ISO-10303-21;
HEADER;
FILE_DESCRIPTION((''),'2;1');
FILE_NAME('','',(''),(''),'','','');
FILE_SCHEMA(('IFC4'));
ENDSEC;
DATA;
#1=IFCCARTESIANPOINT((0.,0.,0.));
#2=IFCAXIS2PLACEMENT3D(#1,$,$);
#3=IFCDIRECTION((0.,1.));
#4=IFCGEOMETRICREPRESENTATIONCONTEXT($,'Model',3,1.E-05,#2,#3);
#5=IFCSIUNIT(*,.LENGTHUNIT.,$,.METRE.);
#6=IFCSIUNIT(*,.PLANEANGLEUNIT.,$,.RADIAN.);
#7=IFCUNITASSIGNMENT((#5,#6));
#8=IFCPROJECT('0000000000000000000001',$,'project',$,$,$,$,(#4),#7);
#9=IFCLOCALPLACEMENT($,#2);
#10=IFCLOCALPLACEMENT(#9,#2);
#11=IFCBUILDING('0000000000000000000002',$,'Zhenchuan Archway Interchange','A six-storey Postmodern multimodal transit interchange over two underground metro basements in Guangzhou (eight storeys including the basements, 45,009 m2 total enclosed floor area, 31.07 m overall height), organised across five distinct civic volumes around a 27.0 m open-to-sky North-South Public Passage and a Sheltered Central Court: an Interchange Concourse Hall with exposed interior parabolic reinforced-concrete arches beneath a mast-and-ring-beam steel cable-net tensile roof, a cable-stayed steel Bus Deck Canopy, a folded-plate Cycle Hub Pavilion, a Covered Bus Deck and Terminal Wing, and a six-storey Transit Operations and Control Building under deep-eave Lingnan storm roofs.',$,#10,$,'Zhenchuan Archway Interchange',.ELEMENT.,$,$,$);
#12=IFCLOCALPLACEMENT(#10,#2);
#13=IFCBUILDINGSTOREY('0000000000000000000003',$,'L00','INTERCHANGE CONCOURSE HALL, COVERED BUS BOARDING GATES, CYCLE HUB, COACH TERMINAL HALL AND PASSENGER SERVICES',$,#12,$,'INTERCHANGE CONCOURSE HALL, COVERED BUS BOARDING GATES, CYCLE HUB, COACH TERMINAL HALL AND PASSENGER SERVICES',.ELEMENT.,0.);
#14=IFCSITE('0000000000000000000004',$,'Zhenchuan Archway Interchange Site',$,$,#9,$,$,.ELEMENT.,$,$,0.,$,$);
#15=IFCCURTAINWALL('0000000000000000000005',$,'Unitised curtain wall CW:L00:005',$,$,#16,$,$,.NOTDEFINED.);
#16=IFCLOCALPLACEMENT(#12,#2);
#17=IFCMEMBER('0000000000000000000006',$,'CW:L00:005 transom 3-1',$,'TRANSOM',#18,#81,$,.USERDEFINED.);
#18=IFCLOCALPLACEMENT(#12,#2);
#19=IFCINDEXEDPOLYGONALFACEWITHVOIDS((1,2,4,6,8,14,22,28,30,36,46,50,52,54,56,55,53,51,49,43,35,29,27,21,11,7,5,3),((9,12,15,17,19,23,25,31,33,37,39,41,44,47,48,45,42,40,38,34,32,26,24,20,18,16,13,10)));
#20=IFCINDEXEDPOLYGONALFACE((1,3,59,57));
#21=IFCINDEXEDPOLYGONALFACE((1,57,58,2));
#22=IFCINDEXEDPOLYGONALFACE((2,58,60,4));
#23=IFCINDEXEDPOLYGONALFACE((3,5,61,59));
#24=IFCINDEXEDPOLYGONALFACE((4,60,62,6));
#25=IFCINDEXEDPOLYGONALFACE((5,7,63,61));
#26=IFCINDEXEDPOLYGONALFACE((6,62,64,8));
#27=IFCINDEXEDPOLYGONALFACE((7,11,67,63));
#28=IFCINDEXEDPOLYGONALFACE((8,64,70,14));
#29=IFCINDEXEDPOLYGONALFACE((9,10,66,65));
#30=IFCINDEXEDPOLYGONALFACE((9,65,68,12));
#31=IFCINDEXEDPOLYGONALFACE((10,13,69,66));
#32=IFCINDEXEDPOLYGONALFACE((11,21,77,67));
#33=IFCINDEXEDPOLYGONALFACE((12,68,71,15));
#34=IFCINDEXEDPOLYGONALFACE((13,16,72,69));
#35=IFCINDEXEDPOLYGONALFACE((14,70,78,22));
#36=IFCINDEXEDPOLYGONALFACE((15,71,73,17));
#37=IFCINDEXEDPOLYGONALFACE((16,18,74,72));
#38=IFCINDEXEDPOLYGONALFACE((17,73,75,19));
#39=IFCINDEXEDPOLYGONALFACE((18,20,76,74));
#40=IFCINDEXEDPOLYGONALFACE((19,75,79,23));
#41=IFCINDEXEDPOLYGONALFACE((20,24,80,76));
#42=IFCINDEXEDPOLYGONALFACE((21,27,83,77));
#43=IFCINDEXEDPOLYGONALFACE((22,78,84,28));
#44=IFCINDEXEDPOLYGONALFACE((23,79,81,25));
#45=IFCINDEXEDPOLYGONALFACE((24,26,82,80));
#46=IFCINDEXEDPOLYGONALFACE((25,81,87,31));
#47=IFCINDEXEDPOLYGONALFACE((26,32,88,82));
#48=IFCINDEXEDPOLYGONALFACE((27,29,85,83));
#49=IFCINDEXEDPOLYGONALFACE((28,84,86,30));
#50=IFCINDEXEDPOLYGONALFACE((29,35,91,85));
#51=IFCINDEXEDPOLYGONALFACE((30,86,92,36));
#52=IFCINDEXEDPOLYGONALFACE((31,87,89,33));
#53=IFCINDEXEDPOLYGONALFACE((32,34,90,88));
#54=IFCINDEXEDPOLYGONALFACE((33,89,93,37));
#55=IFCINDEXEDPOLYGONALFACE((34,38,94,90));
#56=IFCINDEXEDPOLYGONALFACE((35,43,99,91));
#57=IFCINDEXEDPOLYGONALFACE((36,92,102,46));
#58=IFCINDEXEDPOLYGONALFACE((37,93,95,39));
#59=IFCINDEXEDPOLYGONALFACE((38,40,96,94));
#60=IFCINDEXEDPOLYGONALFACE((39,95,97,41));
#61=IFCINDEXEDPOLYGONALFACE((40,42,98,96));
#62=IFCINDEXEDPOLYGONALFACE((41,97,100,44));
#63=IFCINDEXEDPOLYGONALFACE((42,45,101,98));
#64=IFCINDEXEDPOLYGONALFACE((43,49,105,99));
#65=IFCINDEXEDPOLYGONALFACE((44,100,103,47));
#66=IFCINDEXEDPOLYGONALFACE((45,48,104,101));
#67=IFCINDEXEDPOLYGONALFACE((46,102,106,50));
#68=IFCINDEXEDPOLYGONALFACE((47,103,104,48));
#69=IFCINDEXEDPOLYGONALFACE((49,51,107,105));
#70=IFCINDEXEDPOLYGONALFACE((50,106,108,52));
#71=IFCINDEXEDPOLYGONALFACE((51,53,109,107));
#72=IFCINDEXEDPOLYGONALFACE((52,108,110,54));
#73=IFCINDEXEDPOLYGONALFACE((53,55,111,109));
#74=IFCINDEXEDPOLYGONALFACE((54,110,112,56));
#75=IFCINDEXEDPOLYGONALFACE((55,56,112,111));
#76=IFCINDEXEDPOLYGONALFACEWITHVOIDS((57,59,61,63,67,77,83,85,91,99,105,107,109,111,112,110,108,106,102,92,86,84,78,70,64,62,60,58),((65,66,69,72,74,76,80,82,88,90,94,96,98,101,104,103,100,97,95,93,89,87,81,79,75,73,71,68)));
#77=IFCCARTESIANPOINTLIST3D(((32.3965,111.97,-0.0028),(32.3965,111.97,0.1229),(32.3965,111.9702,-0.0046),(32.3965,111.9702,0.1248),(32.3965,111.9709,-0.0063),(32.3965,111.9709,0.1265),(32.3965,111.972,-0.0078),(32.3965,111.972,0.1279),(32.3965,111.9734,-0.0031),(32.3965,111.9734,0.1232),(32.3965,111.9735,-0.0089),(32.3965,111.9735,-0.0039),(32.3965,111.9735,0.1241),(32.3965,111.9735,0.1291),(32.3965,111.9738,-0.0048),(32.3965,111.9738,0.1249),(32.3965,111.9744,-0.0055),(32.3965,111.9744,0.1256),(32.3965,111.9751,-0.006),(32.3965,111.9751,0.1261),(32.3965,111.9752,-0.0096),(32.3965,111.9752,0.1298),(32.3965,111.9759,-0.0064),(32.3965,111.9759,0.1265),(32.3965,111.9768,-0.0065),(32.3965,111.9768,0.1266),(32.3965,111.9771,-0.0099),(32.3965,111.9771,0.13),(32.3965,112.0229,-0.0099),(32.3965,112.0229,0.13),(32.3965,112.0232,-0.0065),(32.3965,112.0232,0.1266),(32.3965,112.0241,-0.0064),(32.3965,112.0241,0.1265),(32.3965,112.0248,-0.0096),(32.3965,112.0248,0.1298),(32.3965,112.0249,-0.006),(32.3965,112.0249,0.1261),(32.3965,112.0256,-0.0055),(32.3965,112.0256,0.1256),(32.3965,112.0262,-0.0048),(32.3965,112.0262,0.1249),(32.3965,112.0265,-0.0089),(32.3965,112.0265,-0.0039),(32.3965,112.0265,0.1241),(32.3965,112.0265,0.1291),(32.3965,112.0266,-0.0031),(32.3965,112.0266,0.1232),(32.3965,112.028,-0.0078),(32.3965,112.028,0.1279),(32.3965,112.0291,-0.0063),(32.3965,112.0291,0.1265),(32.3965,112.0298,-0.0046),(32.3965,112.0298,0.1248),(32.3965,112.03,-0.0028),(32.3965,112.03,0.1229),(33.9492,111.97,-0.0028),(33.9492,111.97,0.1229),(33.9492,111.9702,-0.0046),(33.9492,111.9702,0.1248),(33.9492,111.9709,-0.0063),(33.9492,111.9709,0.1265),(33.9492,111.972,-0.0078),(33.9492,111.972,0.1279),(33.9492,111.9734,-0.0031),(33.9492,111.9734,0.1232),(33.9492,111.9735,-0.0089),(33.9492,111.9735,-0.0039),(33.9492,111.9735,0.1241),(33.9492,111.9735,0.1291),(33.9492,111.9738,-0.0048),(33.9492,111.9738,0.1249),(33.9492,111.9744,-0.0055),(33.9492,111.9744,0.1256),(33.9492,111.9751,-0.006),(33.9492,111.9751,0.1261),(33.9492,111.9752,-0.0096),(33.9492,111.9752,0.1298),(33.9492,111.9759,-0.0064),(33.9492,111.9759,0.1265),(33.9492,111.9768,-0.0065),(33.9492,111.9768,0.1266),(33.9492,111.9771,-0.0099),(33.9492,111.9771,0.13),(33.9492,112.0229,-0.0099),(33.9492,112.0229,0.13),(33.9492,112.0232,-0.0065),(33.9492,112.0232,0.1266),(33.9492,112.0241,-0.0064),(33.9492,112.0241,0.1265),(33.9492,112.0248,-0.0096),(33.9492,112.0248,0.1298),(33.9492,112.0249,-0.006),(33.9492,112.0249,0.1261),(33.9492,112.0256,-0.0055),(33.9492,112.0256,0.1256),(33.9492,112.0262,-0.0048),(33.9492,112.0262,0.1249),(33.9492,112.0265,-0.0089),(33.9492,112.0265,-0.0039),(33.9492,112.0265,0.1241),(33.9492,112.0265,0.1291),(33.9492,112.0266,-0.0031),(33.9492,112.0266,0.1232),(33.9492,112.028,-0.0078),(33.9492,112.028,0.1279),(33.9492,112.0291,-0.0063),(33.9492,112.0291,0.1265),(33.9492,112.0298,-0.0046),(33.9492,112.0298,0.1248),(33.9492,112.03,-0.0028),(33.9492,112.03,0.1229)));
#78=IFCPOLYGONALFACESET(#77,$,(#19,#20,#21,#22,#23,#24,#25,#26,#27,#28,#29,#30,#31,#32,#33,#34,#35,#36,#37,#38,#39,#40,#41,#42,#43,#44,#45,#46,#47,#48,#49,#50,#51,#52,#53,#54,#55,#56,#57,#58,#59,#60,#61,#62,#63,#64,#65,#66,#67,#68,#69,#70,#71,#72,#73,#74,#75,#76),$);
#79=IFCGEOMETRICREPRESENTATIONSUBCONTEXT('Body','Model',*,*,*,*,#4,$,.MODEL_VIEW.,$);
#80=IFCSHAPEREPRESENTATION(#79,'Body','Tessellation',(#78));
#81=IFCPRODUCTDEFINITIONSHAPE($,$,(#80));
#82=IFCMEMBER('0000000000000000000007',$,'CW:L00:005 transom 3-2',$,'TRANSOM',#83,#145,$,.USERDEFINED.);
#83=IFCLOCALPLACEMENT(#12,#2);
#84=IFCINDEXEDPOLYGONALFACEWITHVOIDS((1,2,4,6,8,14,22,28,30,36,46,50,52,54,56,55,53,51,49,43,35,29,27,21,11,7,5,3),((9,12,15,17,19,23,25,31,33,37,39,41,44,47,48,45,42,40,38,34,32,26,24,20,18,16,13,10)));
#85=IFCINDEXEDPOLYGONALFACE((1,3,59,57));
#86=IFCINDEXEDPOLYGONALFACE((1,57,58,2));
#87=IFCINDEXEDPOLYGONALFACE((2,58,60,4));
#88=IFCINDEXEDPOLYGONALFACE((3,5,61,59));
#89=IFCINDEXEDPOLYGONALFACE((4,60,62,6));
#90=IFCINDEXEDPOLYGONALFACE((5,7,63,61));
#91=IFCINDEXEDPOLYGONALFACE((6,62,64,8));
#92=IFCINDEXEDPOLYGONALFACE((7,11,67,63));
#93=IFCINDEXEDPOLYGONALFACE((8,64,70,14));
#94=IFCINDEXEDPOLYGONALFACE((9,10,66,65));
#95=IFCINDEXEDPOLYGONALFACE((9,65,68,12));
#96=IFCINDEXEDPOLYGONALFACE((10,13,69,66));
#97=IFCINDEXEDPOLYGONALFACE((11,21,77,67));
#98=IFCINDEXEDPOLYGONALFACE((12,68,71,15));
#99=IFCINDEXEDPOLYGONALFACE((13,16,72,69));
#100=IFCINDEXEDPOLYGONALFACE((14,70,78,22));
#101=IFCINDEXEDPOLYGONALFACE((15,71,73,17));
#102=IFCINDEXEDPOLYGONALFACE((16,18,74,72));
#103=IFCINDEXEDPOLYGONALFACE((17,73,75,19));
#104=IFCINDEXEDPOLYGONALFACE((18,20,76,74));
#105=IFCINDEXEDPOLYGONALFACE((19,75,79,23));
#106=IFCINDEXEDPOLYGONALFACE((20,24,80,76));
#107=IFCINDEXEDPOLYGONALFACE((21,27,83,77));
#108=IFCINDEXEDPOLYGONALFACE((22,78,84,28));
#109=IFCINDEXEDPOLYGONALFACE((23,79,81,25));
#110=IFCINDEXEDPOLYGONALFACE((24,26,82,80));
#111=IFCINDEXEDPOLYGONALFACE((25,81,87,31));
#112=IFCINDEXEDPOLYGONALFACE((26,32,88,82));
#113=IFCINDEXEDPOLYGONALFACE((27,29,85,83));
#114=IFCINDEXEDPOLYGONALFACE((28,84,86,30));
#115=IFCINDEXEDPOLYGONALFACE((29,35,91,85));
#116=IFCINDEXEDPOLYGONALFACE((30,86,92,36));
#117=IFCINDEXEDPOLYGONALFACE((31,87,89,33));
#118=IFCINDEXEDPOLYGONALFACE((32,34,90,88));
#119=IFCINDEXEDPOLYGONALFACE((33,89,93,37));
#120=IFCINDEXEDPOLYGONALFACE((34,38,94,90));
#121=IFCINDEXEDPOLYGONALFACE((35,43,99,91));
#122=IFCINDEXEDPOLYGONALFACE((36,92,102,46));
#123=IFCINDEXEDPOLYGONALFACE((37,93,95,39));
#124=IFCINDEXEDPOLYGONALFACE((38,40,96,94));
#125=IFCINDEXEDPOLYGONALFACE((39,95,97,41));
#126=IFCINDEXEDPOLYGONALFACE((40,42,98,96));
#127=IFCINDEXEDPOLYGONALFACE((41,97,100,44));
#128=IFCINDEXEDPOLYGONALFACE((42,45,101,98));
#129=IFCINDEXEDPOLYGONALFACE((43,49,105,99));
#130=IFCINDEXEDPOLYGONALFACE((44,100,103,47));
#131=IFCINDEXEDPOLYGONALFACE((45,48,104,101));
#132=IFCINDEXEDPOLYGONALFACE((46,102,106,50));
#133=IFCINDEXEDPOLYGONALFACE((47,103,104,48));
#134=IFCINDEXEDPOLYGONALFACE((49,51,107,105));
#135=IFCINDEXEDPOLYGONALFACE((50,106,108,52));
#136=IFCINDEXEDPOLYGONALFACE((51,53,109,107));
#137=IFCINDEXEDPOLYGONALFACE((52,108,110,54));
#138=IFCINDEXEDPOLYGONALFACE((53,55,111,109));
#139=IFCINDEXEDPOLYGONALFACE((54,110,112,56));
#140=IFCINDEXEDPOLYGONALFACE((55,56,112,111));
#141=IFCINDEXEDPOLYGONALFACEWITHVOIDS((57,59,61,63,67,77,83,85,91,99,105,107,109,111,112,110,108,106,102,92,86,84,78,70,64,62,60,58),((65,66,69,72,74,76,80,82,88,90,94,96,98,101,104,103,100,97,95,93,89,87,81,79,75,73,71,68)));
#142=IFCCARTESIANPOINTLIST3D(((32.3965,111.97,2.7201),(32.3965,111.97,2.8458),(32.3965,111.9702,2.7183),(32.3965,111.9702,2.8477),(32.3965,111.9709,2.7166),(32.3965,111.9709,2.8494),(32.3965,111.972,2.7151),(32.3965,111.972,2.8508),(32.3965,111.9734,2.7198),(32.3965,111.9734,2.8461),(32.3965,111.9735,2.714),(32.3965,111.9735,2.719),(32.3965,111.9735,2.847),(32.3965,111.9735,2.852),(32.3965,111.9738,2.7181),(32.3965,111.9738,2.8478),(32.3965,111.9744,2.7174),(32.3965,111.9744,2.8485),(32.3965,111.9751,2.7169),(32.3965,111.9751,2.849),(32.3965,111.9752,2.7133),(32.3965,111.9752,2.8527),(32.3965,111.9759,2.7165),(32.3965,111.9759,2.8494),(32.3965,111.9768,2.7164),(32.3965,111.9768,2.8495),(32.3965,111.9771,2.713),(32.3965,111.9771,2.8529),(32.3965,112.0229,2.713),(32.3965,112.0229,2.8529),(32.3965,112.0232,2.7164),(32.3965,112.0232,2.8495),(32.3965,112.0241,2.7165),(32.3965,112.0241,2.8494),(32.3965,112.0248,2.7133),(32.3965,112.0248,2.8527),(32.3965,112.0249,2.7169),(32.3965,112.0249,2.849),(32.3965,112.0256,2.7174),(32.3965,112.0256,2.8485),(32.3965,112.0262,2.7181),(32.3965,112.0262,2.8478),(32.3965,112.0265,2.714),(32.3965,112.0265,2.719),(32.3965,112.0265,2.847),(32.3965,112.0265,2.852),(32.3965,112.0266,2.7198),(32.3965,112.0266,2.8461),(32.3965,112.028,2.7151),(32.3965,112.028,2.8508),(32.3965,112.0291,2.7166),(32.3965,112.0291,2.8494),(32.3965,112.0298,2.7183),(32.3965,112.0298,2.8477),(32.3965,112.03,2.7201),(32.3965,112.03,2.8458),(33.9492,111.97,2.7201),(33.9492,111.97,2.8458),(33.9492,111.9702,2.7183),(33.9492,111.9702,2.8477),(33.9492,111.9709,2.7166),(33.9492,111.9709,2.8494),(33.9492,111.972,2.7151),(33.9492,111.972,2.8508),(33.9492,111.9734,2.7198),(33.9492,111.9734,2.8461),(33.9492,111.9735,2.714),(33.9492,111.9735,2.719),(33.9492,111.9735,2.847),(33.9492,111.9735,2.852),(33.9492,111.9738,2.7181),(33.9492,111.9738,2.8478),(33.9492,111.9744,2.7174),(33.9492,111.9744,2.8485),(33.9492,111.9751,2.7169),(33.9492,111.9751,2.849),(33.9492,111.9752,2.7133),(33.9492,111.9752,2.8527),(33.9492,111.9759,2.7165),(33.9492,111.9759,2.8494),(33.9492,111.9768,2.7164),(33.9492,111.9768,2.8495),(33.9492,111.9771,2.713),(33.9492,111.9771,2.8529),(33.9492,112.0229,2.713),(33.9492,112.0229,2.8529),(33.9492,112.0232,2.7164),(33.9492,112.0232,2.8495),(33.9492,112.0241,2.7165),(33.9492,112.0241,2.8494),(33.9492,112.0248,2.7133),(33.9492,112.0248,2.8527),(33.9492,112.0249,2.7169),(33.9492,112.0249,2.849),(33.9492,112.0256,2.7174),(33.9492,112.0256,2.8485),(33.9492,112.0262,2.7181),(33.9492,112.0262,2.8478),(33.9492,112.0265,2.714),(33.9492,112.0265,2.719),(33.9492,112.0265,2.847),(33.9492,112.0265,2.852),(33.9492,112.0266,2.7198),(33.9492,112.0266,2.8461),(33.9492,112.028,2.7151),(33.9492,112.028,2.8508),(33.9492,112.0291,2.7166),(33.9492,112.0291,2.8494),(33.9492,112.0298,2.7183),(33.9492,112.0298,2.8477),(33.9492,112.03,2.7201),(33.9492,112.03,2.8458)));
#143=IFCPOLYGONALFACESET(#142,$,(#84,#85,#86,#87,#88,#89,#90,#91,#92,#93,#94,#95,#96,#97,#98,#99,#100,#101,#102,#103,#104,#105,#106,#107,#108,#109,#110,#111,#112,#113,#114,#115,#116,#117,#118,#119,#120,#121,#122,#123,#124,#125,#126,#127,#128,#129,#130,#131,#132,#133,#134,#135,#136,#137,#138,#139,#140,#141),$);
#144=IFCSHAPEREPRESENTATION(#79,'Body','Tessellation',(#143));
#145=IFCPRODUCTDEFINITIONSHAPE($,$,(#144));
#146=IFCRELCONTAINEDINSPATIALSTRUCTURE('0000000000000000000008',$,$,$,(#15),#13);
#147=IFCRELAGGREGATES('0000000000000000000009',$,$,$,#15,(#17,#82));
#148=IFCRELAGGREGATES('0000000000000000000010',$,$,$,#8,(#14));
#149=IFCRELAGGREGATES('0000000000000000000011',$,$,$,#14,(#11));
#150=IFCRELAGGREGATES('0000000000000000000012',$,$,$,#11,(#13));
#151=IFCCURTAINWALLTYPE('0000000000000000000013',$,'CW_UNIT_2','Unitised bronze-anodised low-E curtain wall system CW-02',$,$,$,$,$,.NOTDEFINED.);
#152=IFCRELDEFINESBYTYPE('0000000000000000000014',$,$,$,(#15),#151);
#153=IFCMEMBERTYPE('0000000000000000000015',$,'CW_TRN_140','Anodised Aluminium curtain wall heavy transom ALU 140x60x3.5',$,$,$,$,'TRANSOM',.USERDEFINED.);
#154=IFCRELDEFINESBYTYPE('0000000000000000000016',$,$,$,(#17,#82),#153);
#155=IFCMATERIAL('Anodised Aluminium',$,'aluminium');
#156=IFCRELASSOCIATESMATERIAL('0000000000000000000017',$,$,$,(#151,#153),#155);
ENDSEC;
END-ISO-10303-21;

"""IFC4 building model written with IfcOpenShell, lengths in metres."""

from ifc_helpers import new_model, si_unit, direction, frame, origin, origin_2d, place, context, subcontext, project, spatial, hollow_rectangle, extrude, material, material_profile, profile_set, type_object, element, aggregate, save


model = new_model("IFC4")

# Units and contexts
model_context = context("Model", 3, precision=1e-05, world=origin(), true_north=direction((0.0, 1.0)))
body_context = subcontext(model_context, "Body", "Model", "MODEL_VIEW")
ifc_project = project(units=[si_unit("LENGTHUNIT", "METRE"), si_unit("PLANEANGLEUNIT", "RADIAN")], contexts=[model_context])

# Site, building, storey
site_placement = place(None, origin())
site = spatial("IfcSite", under=ifc_project, at=site_placement, Name="Zhenchuan Archway Interchange Site", CompositionType="ELEMENT", RefElevation=0.0)
building_placement = place(site_placement, origin())
building = spatial("IfcBuilding", under=site, at=building_placement, Name="Zhenchuan Archway Interchange", Description="A six-storey Postmodern multimodal transit interchange over two underground metro basements in Guangzhou (eight storeys including the basements, 45,009 m2 total enclosed floor area, 31.07 m overall height), organised across five distinct civic volumes around a 27.0 m open-to-sky North-South Public Passage and a Sheltered Central Court: an Interchange Concourse Hall with exposed interior parabolic reinforced-concrete arches beneath a mast-and-ring-beam steel cable-net tensile roof, a cable-stayed steel Bus Deck Canopy, a folded-plate Cycle Hub Pavilion, a Covered Bus Deck and Terminal Wing, and a six-storey Transit Operations and Control Building under deep-eave Lingnan storm roofs.", LongName="Zhenchuan Archway Interchange", CompositionType="ELEMENT")
storey_placement = place(building_placement, origin())
storey = spatial("IfcBuildingStorey", under=building, at=storey_placement, Name="L00", Description="INTERCHANGE CONCOURSE HALL, COVERED BUS BOARDING GATES, CYCLE HUB, COACH TERMINAL HALL AND PASSENGER SERVICES", LongName="INTERCHANGE CONCOURSE HALL, COVERED BUS BOARDING GATES, CYCLE HUB, COACH TERMINAL HALL AND PASSENGER SERVICES", CompositionType="ELEMENT", Elevation=0.0)

# Curtain wall, members
ifc_material_1 = material(Name="Anodised Aluminium", Category="aluminium")
curtain_wall_type = type_object("IfcCurtainWallType", Name="CW_UNIT_2", Description="Unitised bronze-anodised low-E curtain wall system CW-02", PredefinedType="NOTDEFINED", material=ifc_material_1)
curtain_wall_placement = place(storey_placement, origin())
curtain_wall = element("IfcCurtainWall", 1, at=curtain_wall_placement, inside=storey, type_object=curtain_wall_type, Name="Unitised curtain wall CW:L00:005", PredefinedType="NOTDEFINED")
ifc_material_profile_1 = material_profile(ifc_material_1, hollow_rectangle(XDim=0.0601, YDim=0.1399, WallThickness=0.0034, InnerFilletRadius=0.0034, OuterFilletRadius=0.0071, at=origin_2d()), Name="ALU 140x60x3.5")
ifc_profile_set_1 = profile_set([ifc_material_profile_1], Name="Anodised Aluminium")
member_type_1 = type_object("IfcMemberType", Name="CW_TRN_140", Description="Anodised Aluminium curtain wall heavy transom ALU 140x60x3.5", ElementType="TRANSOM", PredefinedType="USERDEFINED", material=ifc_profile_set_1)
member_1_placement = place(storey_placement, frame((32.3965, 112.0, 0.0601), z_axis=(1.0, 0.0, 0.0), x_axis=(0.0, 1.0, 0.0)))
member_1 = element("IfcMember", 2, at=member_1_placement, type_object=member_type_1, Name="CW:L00:005 transom 3-1", ObjectType="TRANSOM", PredefinedType="USERDEFINED", context=body_context, shape_type="SweptSolid", body=[
    extrude(hollow_rectangle(XDim=0.0601, YDim=0.1399, WallThickness=0.0034, InnerFilletRadius=0.0034, OuterFilletRadius=0.0071, at=origin_2d()), origin(), (0.0, 0.0, 1.0), 1.5527),
])
member_2_placement = place(storey_placement, frame((32.3965, 112.0, 2.783), z_axis=(1.0, 0.0, 0.0), x_axis=(0.0, 1.0, 0.0)))
member_2 = element("IfcMember", 3, at=member_2_placement, type_object=member_type_1, Name="CW:L00:005 transom 3-2", ObjectType="TRANSOM", PredefinedType="USERDEFINED", context=body_context, shape_type="SweptSolid", body=[
    extrude(hollow_rectangle(XDim=0.0601, YDim=0.1399, WallThickness=0.0034, InnerFilletRadius=0.0034, OuterFilletRadius=0.0071, at=origin_2d()), origin(), (0.0, 0.0, 1.0), 1.5527),
])

aggregate(curtain_wall, [member_1, member_2])

save(model, "model.ifc")
